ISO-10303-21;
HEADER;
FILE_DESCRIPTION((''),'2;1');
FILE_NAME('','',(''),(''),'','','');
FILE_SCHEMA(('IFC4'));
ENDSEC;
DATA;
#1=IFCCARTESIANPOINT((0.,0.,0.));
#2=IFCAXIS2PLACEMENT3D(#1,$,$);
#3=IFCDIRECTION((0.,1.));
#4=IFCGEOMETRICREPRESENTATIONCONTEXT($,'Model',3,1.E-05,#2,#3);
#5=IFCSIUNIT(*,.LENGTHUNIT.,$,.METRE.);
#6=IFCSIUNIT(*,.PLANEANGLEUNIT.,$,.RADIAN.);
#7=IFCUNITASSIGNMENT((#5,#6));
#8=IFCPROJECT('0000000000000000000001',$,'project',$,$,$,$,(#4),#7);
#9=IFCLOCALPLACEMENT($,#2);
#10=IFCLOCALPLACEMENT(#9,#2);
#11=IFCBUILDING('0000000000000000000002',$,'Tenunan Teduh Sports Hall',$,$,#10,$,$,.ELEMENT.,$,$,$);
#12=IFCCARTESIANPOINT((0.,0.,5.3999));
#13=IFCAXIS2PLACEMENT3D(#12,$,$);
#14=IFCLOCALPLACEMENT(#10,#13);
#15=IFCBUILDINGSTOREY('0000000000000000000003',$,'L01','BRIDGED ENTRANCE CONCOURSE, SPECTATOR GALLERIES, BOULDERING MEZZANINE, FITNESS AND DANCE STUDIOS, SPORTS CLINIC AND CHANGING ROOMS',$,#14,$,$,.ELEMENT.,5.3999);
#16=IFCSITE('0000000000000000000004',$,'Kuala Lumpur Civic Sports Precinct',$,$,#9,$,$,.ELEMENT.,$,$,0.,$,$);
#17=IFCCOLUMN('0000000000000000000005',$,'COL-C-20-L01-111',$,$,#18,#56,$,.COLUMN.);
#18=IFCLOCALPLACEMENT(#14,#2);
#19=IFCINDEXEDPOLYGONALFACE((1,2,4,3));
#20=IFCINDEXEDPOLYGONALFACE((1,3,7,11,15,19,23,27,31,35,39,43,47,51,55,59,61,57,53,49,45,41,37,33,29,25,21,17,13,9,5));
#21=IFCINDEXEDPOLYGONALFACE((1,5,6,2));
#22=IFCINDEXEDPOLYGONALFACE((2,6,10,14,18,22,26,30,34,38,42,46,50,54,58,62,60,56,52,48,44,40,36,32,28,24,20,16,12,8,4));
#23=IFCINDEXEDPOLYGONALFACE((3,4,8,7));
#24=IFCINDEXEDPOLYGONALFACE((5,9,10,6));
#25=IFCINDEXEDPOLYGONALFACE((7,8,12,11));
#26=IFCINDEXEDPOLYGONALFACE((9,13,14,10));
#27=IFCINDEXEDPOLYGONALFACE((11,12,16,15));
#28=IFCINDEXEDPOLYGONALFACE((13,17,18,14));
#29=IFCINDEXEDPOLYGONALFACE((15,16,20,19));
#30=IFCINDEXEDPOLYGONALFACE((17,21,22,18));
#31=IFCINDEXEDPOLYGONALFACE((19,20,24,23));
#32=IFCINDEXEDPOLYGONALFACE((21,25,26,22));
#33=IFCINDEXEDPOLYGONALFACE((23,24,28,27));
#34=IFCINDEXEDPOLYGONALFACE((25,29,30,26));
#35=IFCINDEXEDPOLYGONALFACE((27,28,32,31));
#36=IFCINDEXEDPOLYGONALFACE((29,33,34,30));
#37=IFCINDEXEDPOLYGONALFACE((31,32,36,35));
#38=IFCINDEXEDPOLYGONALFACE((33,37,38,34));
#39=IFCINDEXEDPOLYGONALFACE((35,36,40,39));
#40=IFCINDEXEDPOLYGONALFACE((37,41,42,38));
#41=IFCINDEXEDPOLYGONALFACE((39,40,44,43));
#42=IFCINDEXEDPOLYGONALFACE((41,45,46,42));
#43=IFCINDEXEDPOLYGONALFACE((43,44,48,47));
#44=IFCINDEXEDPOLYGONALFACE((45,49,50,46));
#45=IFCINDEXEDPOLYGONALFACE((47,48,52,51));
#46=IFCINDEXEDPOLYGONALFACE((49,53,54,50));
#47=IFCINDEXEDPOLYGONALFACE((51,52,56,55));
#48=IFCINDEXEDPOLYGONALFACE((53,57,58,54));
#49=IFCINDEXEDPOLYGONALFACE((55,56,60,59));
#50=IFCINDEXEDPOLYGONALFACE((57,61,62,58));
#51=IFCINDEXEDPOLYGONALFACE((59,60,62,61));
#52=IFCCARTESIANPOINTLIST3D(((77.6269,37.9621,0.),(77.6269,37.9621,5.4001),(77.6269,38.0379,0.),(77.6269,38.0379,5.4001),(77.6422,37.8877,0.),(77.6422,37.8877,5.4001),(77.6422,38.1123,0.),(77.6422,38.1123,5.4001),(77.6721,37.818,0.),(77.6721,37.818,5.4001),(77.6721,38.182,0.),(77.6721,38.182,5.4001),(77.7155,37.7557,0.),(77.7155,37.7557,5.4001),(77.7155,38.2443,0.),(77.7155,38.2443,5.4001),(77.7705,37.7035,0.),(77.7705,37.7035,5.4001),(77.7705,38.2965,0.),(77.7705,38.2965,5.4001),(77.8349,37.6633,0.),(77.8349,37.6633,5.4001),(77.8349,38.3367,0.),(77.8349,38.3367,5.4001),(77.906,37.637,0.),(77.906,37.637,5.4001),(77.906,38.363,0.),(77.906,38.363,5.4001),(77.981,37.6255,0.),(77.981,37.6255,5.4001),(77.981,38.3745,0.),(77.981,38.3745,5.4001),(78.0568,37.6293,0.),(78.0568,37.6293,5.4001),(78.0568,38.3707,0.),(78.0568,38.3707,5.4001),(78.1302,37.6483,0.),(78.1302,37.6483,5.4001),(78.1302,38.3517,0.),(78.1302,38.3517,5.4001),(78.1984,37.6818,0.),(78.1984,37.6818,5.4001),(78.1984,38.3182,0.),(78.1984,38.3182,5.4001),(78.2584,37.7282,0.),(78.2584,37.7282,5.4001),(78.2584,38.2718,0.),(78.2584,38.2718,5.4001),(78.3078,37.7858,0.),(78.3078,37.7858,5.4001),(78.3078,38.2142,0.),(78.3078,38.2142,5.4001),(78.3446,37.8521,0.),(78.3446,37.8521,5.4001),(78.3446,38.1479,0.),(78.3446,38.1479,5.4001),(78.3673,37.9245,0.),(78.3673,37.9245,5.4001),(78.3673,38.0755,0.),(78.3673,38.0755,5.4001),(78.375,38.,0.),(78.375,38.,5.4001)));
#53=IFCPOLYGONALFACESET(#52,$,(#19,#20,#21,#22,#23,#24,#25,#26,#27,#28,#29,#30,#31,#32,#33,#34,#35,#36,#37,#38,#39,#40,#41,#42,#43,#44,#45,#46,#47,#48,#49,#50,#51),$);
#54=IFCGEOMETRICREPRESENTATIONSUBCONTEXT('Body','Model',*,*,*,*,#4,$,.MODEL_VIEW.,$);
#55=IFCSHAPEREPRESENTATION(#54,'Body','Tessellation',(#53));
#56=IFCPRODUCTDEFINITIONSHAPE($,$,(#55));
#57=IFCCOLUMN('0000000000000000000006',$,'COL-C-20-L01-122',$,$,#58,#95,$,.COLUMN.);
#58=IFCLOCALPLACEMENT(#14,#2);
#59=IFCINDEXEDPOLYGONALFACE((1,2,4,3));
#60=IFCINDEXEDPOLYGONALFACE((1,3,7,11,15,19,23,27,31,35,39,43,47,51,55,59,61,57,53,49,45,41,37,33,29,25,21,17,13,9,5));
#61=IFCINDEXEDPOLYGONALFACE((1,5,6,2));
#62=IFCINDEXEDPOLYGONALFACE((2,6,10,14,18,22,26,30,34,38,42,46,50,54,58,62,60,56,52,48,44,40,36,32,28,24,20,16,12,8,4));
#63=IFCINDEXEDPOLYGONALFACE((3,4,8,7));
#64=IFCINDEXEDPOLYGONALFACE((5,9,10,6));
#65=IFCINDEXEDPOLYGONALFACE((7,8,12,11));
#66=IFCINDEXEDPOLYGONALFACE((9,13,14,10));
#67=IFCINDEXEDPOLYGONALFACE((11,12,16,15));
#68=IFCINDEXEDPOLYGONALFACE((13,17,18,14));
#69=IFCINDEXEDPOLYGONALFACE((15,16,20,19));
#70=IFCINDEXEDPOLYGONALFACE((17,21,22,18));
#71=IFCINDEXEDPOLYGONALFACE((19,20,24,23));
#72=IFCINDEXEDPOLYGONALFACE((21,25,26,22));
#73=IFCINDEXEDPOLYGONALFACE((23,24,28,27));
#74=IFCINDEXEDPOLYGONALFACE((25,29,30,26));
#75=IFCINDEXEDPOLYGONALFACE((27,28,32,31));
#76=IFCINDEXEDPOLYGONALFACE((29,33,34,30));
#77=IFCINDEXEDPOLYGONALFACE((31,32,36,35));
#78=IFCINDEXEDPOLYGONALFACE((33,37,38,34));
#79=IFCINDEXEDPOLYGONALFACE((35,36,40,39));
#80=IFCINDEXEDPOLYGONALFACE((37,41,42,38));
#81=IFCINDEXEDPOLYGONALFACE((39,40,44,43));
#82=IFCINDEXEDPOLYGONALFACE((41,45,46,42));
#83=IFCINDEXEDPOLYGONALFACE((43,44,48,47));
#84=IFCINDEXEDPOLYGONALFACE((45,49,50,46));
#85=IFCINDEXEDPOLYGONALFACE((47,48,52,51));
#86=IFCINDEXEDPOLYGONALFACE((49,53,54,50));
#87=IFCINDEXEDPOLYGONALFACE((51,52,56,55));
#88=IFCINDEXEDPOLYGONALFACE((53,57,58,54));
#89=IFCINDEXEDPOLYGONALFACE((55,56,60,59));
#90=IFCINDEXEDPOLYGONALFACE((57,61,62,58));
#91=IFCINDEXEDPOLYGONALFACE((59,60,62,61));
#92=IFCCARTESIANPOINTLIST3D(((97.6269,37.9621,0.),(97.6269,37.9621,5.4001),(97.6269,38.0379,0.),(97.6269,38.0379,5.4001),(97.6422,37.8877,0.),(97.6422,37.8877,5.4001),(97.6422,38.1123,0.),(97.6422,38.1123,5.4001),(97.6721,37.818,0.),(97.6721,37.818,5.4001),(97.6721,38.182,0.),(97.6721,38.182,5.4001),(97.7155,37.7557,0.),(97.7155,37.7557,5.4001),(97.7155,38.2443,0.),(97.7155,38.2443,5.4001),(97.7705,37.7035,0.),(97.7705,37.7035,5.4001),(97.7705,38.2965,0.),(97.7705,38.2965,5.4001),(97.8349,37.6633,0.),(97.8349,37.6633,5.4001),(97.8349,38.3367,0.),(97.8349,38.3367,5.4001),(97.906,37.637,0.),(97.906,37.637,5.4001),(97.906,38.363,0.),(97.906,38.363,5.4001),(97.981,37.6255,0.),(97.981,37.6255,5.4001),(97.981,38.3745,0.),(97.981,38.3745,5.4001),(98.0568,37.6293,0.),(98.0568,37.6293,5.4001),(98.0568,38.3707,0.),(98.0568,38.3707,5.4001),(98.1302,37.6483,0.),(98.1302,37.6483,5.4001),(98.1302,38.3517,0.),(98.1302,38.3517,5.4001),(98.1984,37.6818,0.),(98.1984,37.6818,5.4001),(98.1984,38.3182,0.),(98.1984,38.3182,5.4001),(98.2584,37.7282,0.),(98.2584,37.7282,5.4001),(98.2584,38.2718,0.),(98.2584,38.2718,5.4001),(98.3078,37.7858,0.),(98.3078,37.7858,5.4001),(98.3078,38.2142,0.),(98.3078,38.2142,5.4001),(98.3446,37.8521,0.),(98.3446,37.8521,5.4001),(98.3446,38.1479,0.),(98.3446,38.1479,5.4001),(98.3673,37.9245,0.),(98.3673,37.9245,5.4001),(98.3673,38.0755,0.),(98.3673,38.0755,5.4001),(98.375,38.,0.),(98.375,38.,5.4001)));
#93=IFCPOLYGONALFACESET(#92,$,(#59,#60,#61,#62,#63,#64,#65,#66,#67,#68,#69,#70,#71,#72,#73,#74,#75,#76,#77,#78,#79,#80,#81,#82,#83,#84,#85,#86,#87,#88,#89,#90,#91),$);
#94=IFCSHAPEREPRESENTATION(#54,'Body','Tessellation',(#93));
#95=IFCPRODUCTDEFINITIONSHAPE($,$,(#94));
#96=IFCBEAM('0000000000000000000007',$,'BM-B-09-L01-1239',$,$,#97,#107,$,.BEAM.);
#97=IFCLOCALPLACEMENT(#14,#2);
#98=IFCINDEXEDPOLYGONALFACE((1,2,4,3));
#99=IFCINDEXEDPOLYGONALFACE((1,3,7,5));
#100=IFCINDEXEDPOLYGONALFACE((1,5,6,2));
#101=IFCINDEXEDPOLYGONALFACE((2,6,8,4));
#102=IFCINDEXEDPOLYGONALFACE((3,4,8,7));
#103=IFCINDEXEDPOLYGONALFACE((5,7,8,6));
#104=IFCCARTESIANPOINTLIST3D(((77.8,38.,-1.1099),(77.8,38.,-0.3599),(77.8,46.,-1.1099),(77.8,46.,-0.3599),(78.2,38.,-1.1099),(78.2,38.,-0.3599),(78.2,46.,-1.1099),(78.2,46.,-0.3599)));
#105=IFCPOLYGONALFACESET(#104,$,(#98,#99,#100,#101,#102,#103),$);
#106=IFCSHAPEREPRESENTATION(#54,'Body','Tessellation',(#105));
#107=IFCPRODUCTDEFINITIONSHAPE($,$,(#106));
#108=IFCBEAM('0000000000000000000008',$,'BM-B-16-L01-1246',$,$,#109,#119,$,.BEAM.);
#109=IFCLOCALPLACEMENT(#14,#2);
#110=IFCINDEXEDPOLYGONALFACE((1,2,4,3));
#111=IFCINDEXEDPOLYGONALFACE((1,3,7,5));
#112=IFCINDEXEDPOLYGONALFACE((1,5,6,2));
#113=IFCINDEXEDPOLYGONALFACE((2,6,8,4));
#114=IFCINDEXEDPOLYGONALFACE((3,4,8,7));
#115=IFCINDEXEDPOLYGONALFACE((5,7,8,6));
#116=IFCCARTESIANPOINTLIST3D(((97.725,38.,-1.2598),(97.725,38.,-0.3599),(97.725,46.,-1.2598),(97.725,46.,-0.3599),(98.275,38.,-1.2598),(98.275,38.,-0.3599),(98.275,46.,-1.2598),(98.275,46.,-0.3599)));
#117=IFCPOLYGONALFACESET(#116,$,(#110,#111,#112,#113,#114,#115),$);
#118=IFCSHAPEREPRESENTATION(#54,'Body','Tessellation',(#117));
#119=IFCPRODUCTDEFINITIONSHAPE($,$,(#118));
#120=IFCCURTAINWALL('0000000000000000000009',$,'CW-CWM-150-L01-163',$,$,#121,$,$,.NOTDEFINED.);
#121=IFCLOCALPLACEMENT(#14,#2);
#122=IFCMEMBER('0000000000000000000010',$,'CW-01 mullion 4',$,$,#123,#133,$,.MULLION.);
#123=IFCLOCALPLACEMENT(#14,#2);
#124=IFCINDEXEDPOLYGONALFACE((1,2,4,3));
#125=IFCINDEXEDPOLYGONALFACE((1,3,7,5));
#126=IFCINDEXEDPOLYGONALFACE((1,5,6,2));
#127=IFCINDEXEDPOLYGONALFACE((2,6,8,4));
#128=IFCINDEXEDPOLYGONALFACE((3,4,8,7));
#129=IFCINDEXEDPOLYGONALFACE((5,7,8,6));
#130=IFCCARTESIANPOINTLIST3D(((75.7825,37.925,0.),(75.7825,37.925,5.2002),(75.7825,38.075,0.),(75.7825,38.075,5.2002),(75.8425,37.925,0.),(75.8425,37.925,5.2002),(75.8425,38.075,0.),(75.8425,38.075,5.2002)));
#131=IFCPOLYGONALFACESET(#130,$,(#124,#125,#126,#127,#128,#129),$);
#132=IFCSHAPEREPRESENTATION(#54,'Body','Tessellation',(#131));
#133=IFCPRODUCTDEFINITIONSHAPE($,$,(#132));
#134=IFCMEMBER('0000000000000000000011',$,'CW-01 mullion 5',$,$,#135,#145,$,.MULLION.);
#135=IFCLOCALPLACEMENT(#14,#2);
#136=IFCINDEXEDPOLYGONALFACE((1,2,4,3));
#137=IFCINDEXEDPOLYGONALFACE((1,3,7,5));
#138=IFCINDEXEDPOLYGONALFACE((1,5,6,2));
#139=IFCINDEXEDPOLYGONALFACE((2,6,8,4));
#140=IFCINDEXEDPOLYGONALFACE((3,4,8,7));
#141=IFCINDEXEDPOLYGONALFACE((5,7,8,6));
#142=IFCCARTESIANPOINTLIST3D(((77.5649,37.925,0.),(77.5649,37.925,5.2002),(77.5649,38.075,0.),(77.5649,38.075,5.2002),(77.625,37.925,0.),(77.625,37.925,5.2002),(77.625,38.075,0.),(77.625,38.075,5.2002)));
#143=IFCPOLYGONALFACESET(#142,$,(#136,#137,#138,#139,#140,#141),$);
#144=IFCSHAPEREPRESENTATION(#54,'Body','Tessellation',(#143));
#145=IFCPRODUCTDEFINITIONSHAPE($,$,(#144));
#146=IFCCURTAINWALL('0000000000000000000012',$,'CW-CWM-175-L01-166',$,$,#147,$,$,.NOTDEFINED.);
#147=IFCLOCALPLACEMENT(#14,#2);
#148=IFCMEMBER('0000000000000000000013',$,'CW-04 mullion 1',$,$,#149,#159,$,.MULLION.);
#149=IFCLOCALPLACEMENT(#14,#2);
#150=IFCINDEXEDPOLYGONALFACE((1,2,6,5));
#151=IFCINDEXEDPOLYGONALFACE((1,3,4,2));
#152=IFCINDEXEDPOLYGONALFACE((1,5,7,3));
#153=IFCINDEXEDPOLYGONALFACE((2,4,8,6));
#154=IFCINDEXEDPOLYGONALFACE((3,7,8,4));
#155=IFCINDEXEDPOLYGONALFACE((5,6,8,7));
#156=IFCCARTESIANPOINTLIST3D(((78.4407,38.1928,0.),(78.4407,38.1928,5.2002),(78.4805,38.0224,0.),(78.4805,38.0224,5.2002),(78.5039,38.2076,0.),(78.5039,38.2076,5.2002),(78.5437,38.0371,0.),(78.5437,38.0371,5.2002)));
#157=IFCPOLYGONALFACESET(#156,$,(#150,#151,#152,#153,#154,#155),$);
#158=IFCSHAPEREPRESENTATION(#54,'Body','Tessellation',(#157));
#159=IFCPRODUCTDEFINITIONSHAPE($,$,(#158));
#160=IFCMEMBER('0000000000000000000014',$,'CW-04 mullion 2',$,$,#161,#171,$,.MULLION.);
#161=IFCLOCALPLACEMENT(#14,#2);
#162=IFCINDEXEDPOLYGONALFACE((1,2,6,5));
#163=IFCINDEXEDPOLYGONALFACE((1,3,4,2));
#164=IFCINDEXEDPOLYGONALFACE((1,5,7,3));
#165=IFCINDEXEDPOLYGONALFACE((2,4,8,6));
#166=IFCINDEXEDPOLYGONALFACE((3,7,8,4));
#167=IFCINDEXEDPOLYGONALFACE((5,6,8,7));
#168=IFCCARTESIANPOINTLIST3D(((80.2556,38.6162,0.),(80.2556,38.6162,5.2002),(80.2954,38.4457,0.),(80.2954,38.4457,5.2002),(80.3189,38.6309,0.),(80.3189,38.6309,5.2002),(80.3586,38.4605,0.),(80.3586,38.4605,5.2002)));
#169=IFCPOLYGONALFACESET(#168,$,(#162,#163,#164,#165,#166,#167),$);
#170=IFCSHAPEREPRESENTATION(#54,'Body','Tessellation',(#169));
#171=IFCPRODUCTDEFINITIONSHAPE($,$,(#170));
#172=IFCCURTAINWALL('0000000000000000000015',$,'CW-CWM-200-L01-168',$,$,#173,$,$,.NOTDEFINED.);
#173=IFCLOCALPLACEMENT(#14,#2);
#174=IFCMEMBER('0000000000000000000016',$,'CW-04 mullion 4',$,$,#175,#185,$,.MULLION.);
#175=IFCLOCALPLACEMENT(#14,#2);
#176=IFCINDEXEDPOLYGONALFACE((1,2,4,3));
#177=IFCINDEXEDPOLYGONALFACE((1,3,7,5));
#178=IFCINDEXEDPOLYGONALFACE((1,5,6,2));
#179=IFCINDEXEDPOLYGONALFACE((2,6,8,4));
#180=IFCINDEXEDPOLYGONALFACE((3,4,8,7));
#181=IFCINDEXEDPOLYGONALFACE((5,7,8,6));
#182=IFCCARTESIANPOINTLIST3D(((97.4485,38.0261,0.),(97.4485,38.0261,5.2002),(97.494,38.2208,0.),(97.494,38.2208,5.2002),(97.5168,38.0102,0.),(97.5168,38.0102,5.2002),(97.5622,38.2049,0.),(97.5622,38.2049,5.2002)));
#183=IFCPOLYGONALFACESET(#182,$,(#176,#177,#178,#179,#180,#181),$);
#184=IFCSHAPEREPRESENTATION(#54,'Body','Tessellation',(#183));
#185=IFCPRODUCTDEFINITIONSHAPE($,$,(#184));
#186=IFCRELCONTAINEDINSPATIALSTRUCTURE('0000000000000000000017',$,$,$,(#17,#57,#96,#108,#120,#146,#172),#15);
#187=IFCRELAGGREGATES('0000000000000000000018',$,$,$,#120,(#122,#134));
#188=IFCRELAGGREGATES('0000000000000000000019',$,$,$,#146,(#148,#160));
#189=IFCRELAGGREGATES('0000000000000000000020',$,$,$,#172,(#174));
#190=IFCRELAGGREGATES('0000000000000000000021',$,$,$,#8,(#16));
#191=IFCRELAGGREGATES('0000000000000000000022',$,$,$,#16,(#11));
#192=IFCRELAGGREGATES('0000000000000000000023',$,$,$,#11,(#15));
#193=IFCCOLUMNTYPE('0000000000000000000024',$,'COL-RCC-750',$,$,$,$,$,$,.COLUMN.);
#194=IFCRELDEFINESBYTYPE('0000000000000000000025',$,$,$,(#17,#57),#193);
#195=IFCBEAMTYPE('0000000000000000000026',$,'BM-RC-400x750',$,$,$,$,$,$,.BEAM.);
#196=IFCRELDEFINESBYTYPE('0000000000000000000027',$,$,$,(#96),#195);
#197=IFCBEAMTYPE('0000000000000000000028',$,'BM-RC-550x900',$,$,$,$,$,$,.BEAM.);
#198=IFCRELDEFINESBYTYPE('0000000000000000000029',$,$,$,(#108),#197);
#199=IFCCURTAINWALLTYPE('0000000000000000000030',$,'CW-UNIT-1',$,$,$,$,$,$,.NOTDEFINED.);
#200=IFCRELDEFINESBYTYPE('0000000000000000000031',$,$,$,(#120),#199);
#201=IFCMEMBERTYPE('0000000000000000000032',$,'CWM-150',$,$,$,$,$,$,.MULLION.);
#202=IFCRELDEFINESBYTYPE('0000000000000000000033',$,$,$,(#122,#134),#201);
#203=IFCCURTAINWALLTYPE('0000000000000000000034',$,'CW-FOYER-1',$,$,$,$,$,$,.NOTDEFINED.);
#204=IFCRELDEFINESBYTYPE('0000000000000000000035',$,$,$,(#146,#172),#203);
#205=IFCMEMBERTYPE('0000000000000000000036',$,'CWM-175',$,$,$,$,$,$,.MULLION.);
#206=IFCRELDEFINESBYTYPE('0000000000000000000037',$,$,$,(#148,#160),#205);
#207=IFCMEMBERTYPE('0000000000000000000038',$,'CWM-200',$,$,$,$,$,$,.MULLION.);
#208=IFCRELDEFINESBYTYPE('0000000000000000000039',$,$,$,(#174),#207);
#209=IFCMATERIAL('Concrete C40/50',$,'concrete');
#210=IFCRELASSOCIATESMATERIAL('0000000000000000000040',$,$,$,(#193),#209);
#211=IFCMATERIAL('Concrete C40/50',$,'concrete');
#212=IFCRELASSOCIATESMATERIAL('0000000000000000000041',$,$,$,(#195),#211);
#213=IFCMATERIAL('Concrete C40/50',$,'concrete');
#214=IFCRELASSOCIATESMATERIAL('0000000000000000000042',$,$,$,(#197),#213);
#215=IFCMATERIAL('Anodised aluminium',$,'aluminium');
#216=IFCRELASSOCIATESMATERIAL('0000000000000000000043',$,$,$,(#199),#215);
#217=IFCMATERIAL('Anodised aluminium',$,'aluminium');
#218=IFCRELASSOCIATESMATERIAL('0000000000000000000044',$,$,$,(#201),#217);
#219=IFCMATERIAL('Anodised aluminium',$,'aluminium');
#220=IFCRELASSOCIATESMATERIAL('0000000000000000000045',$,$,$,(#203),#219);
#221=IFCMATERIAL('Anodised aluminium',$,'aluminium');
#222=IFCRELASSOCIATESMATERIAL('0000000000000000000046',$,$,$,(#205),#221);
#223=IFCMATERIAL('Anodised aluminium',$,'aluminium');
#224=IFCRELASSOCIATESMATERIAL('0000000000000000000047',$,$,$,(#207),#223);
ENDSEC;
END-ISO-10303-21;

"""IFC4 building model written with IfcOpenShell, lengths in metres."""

from ifc_helpers import new_model, si_unit, direction, frame, origin, origin_2d, place, context, subcontext, project, spatial, rectangle, circle, extrude, material, material_profile, profile_set, type_object, element, aggregate, save


model = new_model("IFC4")

# Units and contexts
model_context = context("Model", 3, precision=1e-05, world=origin(), true_north=direction((0.0, 1.0)))
body_context = subcontext(model_context, "Body", "Model", "MODEL_VIEW")
ifc_project = project(units=[si_unit("LENGTHUNIT", "METRE"), si_unit("PLANEANGLEUNIT", "RADIAN")], contexts=[model_context])

# Site, building, storey
site_placement = place(None, origin())
site = spatial("IfcSite", under=ifc_project, at=site_placement, Name="Kuala Lumpur Civic Sports Precinct", CompositionType="ELEMENT", RefElevation=0.0)
building_placement = place(site_placement, origin())
building = spatial("IfcBuilding", under=site, at=building_placement, Name="Tenunan Teduh Sports Hall", CompositionType="ELEMENT")
storey_placement = place(building_placement, frame((0.0, 0.0, 5.3999)))
storey = spatial("IfcBuildingStorey", under=building, at=storey_placement, Name="L01", Description="BRIDGED ENTRANCE CONCOURSE, SPECTATOR GALLERIES, BOULDERING MEZZANINE, FITNESS AND DANCE STUDIOS, SPORTS CLINIC AND CHANGING ROOMS", CompositionType="ELEMENT", Elevation=5.3999)

# Columns
ifc_material_1 = material(Name="Concrete C40/50", Category="concrete")
ifc_material_profile_1 = material_profile(ifc_material_1, circle(Radius=0.375, at=origin_2d()), Name="RCC D750")
ifc_profile_set_1 = profile_set([ifc_material_profile_1], Name="Concrete C40/50")
column_type = type_object("IfcColumnType", Name="COL-RCC-750", PredefinedType="COLUMN", material=ifc_profile_set_1)
for number, where, z_axis, x_axis, name in (
    (1, (78.0, 38.0, 0.0), (0.0, 0.0, 1.0), (1.0, 0.0, 0.0), "COL-C-20-L01-111"),
    (2, (98.0, 38.0, 0.0), (0.0, 0.0, 1.0), (1.0, 0.0, 0.0), "COL-C-20-L01-122"),
):
    element("IfcColumn", number, at=place(storey_placement, frame(where, z_axis=z_axis, x_axis=x_axis)), inside=storey, type_object=column_type, Name=name, PredefinedType="COLUMN", context=body_context, shape_type="SweptSolid", body=[
        extrude(circle(Radius=0.375, at=origin_2d()), origin(), (0.0, 0.0, 1.0), 5.4001),
    ])

# Beams
ifc_material_2 = material(Name="Concrete C40/50", Category="concrete")
ifc_material_profile_2 = material_profile(ifc_material_2, rectangle(XDim=0.3999, YDim=0.75, at=origin_2d()), Name="RCB 400x750")
ifc_profile_set_2 = profile_set([ifc_material_profile_2], Name="Concrete C40/50")
beam_type_1 = type_object("IfcBeamType", Name="BM-RC-400x750", PredefinedType="BEAM", material=ifc_profile_set_2)
beam_1_placement = place(storey_placement, frame((78.0, 38.0, -0.7349), z_axis=(0.0, 1.0, 0.0), x_axis=(-1.0, 0.0, 0.0)))
element("IfcBeam", 3, at=beam_1_placement, inside=storey, type_object=beam_type_1, Name="BM-B-09-L01-1239", PredefinedType="BEAM", context=body_context, shape_type="SweptSolid", body=[
    extrude(rectangle(XDim=0.3999, YDim=0.75, at=origin_2d()), origin(), (0.0, 0.0, 1.0), 8.0),
])
ifc_material_3 = material(Name="Concrete C40/50", Category="concrete")
ifc_material_profile_3 = material_profile(ifc_material_3, rectangle(XDim=0.55, YDim=0.8999, at=origin_2d()), Name="RCB 550x900")
ifc_profile_set_3 = profile_set([ifc_material_profile_3], Name="Concrete C40/50")
beam_type_2 = type_object("IfcBeamType", Name="BM-RC-550x900", PredefinedType="BEAM", material=ifc_profile_set_3)
beam_2_placement = place(storey_placement, frame((98.0, 38.0, -0.8098), z_axis=(0.0, 1.0, 0.0), x_axis=(-1.0, 0.0, 0.0)))
element("IfcBeam", 4, at=beam_2_placement, inside=storey, type_object=beam_type_2, Name="BM-B-16-L01-1246", PredefinedType="BEAM", context=body_context, shape_type="SweptSolid", body=[
    extrude(rectangle(XDim=0.55, YDim=0.8999, at=origin_2d()), origin(), (0.0, 0.0, 1.0), 8.0),
])

# Curtain walls, members
ifc_material_4 = material(Name="Anodised aluminium", Category="aluminium")
curtain_wall_type_1 = type_object("IfcCurtainWallType", Name="CW-UNIT-1", PredefinedType="NOTDEFINED", material=ifc_material_4)
curtain_wall_1_placement = place(storey_placement, origin())
curtain_wall_1 = element("IfcCurtainWall", 5, at=curtain_wall_1_placement, inside=storey, type_object=curtain_wall_type_1, Name="CW-CWM-150-L01-163", PredefinedType="NOTDEFINED")
ifc_material_5 = material(Name="Anodised aluminium", Category="aluminium")
ifc_material_profile_4 = material_profile(ifc_material_5, rectangle(XDim=0.0601, YDim=0.1499, at=origin_2d()), Name="CWM 60x150")
ifc_profile_set_4 = profile_set([ifc_material_profile_4], Name="Anodised aluminium")
member_type_1 = type_object("IfcMemberType", Name="CWM-150", PredefinedType="MULLION", material=ifc_profile_set_4)
member_1_placement = place(storey_placement, frame((75.8125, 38.0, 0.0), z_axis=(0.0, 0.0, 1.0), x_axis=(1.0, 0.0, 0.0)))
member_1 = element("IfcMember", 6, at=member_1_placement, type_object=member_type_1, Name="CW-01 mullion 4", PredefinedType="MULLION", context=body_context, shape_type="SweptSolid", body=[
    extrude(rectangle(XDim=0.0601, YDim=0.1499, at=origin_2d()), origin(), (0.0, 0.0, 1.0), 5.2002),
])
member_2_placement = place(storey_placement, frame((77.595, 38.0, 0.0), z_axis=(0.0, 0.0, 1.0), x_axis=(1.0, 0.0, 0.0)))
member_2 = element("IfcMember", 7, at=member_2_placement, type_object=member_type_1, Name="CW-01 mullion 5", PredefinedType="MULLION", context=body_context, shape_type="SweptSolid", body=[
    extrude(rectangle(XDim=0.0601, YDim=0.1499, at=origin_2d()), origin(), (0.0, 0.0, 1.0), 5.2002),
])
ifc_material_6 = material(Name="Anodised aluminium", Category="aluminium")
curtain_wall_type_2 = type_object("IfcCurtainWallType", Name="CW-FOYER-1", PredefinedType="NOTDEFINED", material=ifc_material_6)
curtain_wall_2_placement = place(storey_placement, origin())
curtain_wall_2 = element("IfcCurtainWall", 8, at=curtain_wall_2_placement, inside=storey, type_object=curtain_wall_type_2, Name="CW-CWM-175-L01-166", PredefinedType="NOTDEFINED")
ifc_material_7 = material(Name="Anodised aluminium", Category="aluminium")
ifc_material_profile_5 = material_profile(ifc_material_7, rectangle(XDim=0.0649, YDim=0.175, at=origin_2d()), Name="CWM 65x175")
ifc_profile_set_5 = profile_set([ifc_material_profile_5], Name="Anodised aluminium")
member_type_2 = type_object("IfcMemberType", Name="CWM-175", PredefinedType="MULLION", material=ifc_profile_set_5)
member_3_placement = place(storey_placement, frame((78.4922, 38.115, 0.0), z_axis=(0.0, 0.0, 1.0), x_axis=(0.973842, 0.227226, 0.0)))
member_3 = element("IfcMember", 9, at=member_3_placement, type_object=member_type_2, Name="CW-04 mullion 1", PredefinedType="MULLION", context=body_context, shape_type="SweptSolid", body=[
    extrude(rectangle(XDim=0.0649, YDim=0.175, at=origin_2d()), origin(), (0.0, 0.0, 1.0), 5.2002),
])
member_4_placement = place(storey_placement, frame((80.3071, 38.5383, 0.0), z_axis=(0.0, 0.0, 1.0), x_axis=(0.973842, 0.227226, 0.0)))
member_4 = element("IfcMember", 10, at=member_4_placement, type_object=member_type_2, Name="CW-04 mullion 2", PredefinedType="MULLION", context=body_context, shape_type="SweptSolid", body=[
    extrude(rectangle(XDim=0.0649, YDim=0.175, at=origin_2d()), origin(), (0.0, 0.0, 1.0), 5.2002),
])

# Curtain wall, member
curtain_wall_3_placement = place(storey_placement, origin())
curtain_wall_3 = element("IfcCurtainWall", 11, at=curtain_wall_3_placement, inside=storey, type_object=curtain_wall_type_2, Name="CW-CWM-200-L01-168", PredefinedType="NOTDEFINED")
ifc_material_8 = material(Name="Anodised aluminium", Category="aluminium")
ifc_material_profile_6 = material_profile(ifc_material_8, rectangle(XDim=0.0701, YDim=0.2, at=origin_2d()), Name="CWM 70x200")
ifc_profile_set_6 = profile_set([ifc_material_profile_6], Name="Anodised aluminium")
member_type_3 = type_object("IfcMemberType", Name="CWM-200", PredefinedType="MULLION", material=ifc_profile_set_6)
member_5_placement = place(storey_placement, frame((97.5054, 38.1155, 0.0), z_axis=(0.0, 0.0, 1.0), x_axis=(-0.973842, 0.227226, 0.0)))
member_5 = element("IfcMember", 12, at=member_5_placement, type_object=member_type_3, Name="CW-04 mullion 4", PredefinedType="MULLION", context=body_context, shape_type="SweptSolid", body=[
    extrude(rectangle(XDim=0.0701, YDim=0.2, at=origin_2d()), origin(), (0.0, 0.0, 1.0), 5.2002),
])

aggregate(curtain_wall_1, [member_1, member_2])
aggregate(curtain_wall_2, [member_3, member_4])
aggregate(curtain_wall_3, [member_5])

save(model, "model.ifc")
